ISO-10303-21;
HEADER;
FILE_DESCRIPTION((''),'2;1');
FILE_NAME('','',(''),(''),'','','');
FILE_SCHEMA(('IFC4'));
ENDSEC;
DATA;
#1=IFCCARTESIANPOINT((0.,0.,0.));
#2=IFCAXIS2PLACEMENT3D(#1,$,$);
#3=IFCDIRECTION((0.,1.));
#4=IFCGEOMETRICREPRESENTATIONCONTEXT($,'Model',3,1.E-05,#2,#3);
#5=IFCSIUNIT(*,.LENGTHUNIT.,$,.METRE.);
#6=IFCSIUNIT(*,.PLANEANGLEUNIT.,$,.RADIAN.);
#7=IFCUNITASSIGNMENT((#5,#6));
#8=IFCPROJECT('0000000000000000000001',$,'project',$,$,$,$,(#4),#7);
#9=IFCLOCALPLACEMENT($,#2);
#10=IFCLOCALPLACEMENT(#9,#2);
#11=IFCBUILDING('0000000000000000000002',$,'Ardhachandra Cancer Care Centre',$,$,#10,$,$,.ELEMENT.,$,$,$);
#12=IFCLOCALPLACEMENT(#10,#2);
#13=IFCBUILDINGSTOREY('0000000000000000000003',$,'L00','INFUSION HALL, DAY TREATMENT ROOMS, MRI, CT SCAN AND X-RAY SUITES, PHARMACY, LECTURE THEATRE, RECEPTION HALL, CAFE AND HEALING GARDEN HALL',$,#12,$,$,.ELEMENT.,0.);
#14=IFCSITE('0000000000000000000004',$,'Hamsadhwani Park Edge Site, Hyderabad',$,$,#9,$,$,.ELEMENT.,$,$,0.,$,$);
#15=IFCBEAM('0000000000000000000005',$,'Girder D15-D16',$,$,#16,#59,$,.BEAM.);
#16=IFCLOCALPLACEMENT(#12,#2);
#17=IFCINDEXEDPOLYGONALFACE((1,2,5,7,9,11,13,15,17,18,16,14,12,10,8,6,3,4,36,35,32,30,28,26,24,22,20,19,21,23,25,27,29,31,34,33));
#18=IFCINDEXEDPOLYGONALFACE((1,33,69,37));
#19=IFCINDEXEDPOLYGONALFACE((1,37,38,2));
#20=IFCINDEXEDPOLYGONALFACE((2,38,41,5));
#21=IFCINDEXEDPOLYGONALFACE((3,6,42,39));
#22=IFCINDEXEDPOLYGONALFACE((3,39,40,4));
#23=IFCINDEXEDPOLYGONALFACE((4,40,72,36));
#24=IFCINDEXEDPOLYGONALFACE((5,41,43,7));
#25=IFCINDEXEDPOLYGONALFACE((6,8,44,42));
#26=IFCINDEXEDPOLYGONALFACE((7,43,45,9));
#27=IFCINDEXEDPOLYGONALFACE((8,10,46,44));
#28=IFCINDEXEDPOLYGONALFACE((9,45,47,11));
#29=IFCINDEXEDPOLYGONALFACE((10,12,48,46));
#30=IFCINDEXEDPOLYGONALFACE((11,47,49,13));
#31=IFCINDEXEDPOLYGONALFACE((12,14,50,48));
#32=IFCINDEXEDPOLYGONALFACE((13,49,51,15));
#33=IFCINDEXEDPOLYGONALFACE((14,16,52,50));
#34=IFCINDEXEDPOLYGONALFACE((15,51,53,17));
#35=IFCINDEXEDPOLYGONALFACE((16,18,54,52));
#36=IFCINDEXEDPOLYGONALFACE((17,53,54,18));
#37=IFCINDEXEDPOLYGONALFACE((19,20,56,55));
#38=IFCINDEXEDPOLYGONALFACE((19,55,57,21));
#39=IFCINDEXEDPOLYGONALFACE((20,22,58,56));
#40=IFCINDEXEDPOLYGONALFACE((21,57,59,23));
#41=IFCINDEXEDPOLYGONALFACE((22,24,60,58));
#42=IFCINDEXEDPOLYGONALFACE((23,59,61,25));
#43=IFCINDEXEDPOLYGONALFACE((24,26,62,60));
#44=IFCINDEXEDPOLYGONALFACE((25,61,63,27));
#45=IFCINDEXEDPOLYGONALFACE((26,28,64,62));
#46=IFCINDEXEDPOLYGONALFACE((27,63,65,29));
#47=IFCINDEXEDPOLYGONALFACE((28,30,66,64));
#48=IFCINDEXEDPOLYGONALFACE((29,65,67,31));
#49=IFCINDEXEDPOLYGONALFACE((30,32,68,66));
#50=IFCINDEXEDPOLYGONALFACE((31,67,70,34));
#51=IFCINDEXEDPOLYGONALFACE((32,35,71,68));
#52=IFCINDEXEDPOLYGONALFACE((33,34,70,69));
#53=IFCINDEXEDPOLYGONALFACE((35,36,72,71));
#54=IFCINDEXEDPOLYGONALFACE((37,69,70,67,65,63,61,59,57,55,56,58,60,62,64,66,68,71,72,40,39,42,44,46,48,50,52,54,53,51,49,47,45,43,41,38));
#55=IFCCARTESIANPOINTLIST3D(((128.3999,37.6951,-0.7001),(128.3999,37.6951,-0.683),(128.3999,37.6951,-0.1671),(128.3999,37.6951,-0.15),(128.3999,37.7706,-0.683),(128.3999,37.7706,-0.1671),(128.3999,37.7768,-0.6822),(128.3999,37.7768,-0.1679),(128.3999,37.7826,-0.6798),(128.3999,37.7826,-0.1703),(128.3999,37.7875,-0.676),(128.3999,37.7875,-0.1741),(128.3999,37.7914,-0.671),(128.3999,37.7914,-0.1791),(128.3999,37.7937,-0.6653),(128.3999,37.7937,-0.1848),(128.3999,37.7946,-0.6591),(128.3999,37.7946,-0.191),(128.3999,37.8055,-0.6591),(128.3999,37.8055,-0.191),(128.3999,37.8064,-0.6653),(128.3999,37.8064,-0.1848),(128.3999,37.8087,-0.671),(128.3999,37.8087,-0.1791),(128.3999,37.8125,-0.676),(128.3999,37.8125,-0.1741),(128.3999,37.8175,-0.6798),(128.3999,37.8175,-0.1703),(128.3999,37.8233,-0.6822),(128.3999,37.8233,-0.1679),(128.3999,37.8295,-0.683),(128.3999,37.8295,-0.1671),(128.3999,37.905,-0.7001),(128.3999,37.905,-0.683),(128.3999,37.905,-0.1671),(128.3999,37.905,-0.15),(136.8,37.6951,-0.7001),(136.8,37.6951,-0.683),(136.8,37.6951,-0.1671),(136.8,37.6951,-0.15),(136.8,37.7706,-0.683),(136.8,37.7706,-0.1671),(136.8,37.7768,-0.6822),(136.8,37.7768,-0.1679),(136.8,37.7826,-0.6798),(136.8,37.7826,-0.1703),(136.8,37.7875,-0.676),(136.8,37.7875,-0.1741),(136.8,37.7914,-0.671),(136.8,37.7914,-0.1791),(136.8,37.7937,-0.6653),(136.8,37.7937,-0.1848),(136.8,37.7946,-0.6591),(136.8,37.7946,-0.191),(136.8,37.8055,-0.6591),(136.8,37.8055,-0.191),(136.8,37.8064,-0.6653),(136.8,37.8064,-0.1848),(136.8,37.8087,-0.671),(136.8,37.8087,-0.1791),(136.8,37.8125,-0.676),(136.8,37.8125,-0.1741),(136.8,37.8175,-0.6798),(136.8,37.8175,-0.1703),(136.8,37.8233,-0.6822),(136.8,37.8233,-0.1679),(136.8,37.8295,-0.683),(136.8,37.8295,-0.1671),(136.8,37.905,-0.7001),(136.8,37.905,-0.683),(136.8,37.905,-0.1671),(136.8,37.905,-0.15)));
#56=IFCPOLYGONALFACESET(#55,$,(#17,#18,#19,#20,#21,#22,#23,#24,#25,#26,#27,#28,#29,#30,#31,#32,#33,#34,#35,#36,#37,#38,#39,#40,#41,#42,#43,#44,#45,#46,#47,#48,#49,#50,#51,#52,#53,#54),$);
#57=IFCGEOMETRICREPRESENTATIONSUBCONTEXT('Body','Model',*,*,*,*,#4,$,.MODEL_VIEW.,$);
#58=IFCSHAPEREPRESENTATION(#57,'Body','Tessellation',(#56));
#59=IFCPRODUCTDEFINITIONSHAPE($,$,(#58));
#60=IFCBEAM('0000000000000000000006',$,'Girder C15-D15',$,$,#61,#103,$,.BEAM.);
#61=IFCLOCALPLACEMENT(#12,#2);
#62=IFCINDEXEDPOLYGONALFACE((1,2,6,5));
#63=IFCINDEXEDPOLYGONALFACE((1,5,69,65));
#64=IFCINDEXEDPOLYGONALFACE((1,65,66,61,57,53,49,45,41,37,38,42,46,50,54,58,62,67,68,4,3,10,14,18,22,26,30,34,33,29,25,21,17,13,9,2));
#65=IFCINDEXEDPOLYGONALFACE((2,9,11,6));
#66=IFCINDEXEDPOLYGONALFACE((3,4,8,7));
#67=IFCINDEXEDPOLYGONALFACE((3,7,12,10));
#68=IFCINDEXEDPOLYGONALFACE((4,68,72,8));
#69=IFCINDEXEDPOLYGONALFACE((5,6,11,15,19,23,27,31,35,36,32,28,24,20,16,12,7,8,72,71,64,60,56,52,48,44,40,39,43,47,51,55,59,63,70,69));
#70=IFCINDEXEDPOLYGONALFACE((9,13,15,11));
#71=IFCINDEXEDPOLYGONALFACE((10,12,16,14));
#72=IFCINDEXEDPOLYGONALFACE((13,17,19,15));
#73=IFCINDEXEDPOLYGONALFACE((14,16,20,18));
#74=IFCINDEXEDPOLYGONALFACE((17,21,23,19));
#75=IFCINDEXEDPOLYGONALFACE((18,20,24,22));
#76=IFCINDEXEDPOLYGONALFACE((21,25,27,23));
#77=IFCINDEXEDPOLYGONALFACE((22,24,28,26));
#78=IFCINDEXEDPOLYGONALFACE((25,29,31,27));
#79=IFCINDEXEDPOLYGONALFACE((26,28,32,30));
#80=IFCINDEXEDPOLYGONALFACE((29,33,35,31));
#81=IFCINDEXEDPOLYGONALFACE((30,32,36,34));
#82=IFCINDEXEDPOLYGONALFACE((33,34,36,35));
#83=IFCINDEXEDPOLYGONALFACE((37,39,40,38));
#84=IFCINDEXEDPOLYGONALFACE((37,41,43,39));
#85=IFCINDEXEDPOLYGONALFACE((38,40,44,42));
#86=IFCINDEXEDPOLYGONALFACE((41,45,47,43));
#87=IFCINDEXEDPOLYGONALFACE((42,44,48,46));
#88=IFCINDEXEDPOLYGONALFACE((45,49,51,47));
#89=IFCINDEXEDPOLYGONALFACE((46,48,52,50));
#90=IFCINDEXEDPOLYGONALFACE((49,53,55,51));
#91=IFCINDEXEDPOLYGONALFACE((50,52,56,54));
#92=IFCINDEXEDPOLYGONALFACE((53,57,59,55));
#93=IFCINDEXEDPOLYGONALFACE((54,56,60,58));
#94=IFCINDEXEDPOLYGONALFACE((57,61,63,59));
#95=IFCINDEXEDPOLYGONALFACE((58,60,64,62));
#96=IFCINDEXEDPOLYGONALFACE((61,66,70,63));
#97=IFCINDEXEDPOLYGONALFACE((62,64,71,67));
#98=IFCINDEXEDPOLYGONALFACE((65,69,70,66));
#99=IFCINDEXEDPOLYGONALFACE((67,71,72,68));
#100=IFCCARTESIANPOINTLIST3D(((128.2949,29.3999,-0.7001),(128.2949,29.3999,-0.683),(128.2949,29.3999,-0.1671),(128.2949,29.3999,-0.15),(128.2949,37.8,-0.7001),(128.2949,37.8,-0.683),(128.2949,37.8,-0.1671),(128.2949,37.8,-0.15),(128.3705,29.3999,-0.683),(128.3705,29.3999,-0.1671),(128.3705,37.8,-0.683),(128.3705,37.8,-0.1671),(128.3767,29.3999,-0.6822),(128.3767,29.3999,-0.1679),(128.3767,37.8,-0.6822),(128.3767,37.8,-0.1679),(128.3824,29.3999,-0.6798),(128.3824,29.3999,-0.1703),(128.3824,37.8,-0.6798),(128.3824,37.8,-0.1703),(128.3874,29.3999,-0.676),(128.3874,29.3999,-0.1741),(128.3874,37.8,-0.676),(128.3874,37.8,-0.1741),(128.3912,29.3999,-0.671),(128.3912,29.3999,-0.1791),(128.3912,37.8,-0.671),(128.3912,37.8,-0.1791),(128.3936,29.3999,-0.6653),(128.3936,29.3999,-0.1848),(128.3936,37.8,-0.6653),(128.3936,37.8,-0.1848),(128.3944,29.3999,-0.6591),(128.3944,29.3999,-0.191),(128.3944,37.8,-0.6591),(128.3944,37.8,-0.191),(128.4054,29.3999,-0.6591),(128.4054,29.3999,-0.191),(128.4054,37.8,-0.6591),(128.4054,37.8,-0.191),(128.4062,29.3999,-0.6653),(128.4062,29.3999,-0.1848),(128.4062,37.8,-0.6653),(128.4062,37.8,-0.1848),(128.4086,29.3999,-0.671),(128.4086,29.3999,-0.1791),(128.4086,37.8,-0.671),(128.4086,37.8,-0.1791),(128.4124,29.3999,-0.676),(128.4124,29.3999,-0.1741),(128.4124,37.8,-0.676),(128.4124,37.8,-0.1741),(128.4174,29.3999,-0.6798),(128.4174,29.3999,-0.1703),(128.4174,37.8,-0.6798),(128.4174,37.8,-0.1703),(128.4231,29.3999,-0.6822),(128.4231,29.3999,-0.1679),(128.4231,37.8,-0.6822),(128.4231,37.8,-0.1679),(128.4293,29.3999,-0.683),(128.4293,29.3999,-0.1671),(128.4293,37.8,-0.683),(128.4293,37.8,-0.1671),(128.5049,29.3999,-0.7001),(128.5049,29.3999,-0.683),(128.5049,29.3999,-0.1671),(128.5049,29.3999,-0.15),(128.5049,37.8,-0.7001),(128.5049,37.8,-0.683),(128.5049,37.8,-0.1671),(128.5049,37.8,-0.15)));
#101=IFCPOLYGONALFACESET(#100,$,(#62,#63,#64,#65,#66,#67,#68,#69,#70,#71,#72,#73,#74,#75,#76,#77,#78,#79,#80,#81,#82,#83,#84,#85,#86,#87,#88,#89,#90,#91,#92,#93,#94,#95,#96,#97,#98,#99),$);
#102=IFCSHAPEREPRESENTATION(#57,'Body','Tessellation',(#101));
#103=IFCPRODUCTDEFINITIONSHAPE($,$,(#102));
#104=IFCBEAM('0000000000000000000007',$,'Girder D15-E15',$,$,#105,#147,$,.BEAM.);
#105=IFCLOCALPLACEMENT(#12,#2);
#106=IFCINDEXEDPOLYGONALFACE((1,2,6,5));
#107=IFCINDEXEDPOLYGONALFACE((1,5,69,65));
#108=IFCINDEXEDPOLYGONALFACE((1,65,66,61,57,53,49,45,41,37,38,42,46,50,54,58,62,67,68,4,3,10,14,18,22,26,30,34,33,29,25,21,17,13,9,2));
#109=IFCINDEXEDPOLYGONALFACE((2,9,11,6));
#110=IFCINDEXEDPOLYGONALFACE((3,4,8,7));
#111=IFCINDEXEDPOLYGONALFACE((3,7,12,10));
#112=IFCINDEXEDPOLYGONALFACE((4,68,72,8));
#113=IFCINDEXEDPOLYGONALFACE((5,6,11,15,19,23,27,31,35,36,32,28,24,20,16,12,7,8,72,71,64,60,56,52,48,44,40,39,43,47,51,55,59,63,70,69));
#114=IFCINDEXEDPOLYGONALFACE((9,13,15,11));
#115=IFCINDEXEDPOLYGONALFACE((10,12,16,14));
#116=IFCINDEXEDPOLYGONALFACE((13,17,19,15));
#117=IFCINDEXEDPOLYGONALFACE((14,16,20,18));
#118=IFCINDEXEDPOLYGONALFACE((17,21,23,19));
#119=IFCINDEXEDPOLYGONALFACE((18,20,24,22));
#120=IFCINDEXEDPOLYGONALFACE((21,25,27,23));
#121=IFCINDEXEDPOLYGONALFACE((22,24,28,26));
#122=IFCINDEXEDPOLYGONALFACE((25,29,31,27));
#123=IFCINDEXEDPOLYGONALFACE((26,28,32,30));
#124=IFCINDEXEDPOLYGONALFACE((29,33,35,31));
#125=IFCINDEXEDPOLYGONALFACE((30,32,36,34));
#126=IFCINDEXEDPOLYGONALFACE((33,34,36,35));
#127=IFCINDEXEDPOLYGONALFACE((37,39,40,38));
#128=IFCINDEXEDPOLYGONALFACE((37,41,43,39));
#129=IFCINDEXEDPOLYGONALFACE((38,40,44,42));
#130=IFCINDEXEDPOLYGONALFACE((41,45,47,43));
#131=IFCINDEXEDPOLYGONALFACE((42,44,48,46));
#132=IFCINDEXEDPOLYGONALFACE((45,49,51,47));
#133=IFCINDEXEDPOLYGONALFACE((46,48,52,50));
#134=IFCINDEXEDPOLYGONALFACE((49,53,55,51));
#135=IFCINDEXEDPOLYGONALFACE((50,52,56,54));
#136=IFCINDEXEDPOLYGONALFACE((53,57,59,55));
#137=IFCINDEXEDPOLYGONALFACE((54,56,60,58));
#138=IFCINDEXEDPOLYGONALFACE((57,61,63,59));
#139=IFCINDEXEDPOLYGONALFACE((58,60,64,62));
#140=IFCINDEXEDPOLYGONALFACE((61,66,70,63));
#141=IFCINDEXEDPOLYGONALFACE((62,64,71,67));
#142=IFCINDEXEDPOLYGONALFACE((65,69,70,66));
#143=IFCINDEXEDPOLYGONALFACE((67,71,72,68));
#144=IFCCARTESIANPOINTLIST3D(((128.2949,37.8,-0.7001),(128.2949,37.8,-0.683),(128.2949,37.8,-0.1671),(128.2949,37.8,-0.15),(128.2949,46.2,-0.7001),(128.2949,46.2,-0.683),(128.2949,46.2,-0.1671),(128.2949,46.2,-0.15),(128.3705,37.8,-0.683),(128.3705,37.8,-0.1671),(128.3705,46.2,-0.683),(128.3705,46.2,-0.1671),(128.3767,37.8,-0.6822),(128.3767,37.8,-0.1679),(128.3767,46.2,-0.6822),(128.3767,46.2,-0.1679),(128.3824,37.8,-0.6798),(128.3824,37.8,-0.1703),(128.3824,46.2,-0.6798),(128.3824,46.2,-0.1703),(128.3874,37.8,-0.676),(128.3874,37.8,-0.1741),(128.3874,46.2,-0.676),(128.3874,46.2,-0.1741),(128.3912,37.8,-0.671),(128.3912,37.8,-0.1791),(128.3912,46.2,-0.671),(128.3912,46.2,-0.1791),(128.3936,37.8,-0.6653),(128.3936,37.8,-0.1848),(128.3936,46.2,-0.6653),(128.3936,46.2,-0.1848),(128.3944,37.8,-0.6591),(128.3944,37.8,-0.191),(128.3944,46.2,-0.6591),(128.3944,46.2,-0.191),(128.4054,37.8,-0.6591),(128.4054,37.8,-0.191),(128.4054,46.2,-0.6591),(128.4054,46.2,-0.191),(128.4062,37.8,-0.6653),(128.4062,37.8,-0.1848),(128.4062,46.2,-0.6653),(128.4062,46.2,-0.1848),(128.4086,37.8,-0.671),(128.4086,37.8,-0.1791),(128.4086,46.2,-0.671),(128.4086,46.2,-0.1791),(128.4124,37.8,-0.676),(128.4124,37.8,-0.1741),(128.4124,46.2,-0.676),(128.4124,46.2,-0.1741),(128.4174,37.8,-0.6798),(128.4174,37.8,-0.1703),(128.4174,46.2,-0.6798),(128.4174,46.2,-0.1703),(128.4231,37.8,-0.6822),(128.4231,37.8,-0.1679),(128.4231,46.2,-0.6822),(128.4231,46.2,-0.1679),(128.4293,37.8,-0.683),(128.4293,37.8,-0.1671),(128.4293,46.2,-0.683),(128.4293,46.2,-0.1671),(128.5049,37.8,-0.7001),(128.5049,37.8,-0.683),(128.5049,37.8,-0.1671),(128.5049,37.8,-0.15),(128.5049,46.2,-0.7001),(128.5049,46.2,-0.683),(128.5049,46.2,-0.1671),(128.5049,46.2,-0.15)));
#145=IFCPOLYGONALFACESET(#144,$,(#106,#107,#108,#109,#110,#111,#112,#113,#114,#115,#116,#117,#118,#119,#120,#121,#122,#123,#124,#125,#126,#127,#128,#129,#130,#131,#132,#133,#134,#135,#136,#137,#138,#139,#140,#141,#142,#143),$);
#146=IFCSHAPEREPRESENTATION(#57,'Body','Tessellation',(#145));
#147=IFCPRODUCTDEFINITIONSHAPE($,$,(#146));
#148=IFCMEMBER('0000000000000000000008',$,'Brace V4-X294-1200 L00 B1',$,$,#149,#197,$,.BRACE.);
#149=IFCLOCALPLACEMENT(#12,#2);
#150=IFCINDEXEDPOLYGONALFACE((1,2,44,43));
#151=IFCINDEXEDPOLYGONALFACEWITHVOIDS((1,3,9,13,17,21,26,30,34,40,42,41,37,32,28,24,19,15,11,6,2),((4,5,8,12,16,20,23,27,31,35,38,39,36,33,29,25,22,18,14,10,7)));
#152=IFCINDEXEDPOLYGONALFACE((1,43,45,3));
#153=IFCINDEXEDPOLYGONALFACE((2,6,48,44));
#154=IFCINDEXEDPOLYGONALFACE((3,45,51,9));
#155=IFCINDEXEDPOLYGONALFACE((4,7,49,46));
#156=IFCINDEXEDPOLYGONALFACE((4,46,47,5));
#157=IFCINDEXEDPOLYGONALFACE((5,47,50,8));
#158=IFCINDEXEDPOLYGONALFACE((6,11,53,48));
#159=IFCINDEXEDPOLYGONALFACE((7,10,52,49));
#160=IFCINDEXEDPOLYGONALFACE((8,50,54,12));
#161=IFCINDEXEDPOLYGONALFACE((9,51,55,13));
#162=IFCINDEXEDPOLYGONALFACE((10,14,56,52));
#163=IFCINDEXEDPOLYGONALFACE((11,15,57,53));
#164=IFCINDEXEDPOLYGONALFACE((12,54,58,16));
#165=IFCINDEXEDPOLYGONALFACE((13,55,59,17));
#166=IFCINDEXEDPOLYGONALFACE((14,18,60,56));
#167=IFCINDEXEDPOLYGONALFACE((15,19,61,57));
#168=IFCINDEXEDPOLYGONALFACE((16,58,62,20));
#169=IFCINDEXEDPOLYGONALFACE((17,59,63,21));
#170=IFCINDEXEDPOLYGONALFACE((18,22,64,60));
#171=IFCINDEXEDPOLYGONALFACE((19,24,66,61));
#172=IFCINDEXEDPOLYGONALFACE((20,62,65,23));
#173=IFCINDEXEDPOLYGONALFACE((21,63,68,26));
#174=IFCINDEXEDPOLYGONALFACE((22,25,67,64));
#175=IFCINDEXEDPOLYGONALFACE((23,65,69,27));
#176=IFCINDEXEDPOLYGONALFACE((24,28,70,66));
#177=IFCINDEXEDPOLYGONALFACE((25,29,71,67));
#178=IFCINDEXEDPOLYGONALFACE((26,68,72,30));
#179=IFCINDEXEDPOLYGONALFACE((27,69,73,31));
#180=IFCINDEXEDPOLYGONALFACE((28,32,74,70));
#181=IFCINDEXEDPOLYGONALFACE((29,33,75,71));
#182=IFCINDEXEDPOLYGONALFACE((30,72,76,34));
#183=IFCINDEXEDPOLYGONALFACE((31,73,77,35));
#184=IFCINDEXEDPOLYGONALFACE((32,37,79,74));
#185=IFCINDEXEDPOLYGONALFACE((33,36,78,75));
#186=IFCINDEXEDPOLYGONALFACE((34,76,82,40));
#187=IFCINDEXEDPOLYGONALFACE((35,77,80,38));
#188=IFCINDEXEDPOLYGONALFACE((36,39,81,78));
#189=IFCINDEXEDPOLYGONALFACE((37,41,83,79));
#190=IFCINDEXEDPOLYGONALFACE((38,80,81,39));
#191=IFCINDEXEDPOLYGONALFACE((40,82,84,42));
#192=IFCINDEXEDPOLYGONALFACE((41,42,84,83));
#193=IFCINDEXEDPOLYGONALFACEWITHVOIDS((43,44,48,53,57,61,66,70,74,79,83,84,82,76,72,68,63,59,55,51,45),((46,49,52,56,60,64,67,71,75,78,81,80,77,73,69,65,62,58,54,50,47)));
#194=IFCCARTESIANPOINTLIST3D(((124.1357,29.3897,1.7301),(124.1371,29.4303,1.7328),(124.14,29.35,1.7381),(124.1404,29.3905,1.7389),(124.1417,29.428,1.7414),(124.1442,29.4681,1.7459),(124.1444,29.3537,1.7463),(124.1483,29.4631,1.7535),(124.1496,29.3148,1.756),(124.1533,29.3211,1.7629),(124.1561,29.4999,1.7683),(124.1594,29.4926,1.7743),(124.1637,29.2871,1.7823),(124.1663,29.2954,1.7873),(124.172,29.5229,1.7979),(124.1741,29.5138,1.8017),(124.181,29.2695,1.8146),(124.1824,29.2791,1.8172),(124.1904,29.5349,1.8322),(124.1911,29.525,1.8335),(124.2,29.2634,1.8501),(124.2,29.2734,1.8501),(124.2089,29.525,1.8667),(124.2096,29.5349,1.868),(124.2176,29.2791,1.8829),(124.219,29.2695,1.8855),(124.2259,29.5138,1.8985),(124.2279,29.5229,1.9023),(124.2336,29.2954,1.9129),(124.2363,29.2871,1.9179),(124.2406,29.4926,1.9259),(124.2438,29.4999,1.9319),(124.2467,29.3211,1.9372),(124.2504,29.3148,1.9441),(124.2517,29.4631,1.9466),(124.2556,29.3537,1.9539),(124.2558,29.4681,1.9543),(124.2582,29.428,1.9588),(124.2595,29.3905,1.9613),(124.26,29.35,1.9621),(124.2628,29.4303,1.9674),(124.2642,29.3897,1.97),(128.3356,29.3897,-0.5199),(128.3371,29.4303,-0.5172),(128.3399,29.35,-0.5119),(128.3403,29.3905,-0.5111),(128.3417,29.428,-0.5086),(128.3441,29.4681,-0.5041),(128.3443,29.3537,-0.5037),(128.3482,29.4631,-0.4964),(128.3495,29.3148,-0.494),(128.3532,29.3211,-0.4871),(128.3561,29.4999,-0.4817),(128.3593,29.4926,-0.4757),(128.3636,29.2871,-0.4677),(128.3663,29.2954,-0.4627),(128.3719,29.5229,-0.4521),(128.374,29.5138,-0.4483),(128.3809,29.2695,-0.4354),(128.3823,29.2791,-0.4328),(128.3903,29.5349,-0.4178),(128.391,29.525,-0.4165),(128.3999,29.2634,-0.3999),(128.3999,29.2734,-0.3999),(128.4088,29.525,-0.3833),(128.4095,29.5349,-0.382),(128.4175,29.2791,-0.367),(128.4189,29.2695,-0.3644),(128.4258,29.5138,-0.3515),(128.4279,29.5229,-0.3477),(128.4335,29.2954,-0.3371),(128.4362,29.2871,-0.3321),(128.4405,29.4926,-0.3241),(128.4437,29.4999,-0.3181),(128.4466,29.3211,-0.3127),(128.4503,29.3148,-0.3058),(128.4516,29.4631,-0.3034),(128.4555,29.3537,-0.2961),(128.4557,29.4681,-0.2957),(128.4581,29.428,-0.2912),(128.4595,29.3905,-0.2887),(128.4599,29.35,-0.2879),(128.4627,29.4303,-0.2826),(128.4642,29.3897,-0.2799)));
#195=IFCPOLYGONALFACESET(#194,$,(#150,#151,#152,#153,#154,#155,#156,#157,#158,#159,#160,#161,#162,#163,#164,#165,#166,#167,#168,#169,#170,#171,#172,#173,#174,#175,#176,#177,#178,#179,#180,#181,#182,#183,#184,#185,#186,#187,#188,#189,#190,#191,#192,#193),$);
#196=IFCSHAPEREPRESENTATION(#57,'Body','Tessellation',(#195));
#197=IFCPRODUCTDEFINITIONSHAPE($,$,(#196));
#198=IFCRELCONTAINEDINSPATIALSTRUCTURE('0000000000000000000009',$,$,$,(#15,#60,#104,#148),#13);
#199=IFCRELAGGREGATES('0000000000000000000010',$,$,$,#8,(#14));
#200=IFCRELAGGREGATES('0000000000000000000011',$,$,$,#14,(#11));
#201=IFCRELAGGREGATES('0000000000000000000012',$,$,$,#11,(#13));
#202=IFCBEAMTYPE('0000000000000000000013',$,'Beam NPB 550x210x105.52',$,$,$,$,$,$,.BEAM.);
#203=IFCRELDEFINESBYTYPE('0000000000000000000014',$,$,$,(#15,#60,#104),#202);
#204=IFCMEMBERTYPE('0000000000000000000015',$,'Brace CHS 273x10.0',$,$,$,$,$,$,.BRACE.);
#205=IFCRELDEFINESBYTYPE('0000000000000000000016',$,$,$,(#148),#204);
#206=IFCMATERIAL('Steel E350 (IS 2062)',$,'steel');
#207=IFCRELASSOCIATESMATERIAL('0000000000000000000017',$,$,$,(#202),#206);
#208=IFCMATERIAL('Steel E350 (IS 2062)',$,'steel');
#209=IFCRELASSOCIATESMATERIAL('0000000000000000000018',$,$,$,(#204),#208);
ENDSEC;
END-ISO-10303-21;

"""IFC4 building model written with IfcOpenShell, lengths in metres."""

from ifc_helpers import new_model, si_unit, direction, frame, origin, origin_2d, place, context, subcontext, project, spatial, hollow_circle, i_section, extrude, material, material_profile, profile_set, type_object, element, save


model = new_model("IFC4")

# Units and contexts
model_context = context("Model", 3, precision=1e-05, world=origin(), true_north=direction((0.0, 1.0)))
body_context = subcontext(model_context, "Body", "Model", "MODEL_VIEW")
ifc_project = project(units=[si_unit("LENGTHUNIT", "METRE"), si_unit("PLANEANGLEUNIT", "RADIAN")], contexts=[model_context])

# Site, building, storey
site_placement = place(None, origin())
site = spatial("IfcSite", under=ifc_project, at=site_placement, Name="Hamsadhwani Park Edge Site, Hyderabad", CompositionType="ELEMENT", RefElevation=0.0)
building_placement = place(site_placement, origin())
building = spatial("IfcBuilding", under=site, at=building_placement, Name="Ardhachandra Cancer Care Centre", CompositionType="ELEMENT")
storey_placement = place(building_placement, origin())
storey = spatial("IfcBuildingStorey", under=building, at=storey_placement, Name="L00", Description="INFUSION HALL, DAY TREATMENT ROOMS, MRI, CT SCAN AND X-RAY SUITES, PHARMACY, LECTURE THEATRE, RECEPTION HALL, CAFE AND HEALING GARDEN HALL", CompositionType="ELEMENT", Elevation=0.0)

# Beams
ifc_material_1 = material(Name="Steel E350 (IS 2062)", Category="steel")
ifc_material_profile_1 = material_profile(ifc_material_1, i_section(OverallWidth=0.21, OverallDepth=0.55, WebThickness=0.011, FlangeThickness=0.0171, FilletRadius=0.0239, at=origin_2d()), Name="NPB 550x210x105.52")
ifc_profile_set_1 = profile_set([ifc_material_profile_1], Name="Steel E350 (IS 2062)")
beam_type_1 = type_object("IfcBeamType", Name="Beam NPB 550x210x105.52", PredefinedType="BEAM", material=ifc_profile_set_1)
for number, where, z_axis, x_axis, name in (
    (1, (128.3999, 37.8, -0.425), (1.0, 0.0, 0.0), (0.0, 1.0, 0.0), "Girder D15-D16"),
    (2, (128.3999, 29.3999, -0.425), (0.0, 1.0, 0.0), (-1.0, 0.0, 0.0), "Girder C15-D15"),
):
    element("IfcBeam", number, at=place(storey_placement, frame(where, z_axis=z_axis, x_axis=x_axis)), inside=storey, type_object=beam_type_1, Name=name, PredefinedType="BEAM", context=body_context, shape_type="SweptSolid", body=[
        extrude(i_section(OverallWidth=0.21, OverallDepth=0.55, WebThickness=0.011, FlangeThickness=0.0171, FilletRadius=0.0239, at=origin_2d()), origin(), (0.0, 0.0, 1.0), 8.4001),
    ])
beam_1_placement = place(storey_placement, frame((128.3999, 37.8, -0.425), z_axis=(0.0, 1.0, 0.0), x_axis=(-1.0, 0.0, 0.0)))
element("IfcBeam", 3, at=beam_1_placement, inside=storey, type_object=beam_type_1, Name="Girder D15-E15", PredefinedType="BEAM", context=body_context, shape_type="SweptSolid", body=[
    extrude(i_section(OverallWidth=0.21, OverallDepth=0.55, WebThickness=0.011, FlangeThickness=0.0171, FilletRadius=0.0239, at=origin_2d()), origin(), (0.0, 0.0, 1.0), 8.3999),
])

# Member
ifc_material_2 = material(Name="Steel E350 (IS 2062)", Category="steel")
ifc_material_profile_2 = material_profile(ifc_material_2, hollow_circle(Radius=0.1365, WallThickness=0.01, at=origin_2d()), Name="CHS 273x10.0")
ifc_profile_set_2 = profile_set([ifc_material_profile_2], Name="Steel E350 (IS 2062)")
member_type_1 = type_object("IfcMemberType", Name="Brace CHS 273x10.0", PredefinedType="BRACE", material=ifc_profile_set_2)
member_1_placement = place(storey_placement, frame((128.3999, 29.3999, -0.3999), z_axis=(-0.881478, 0.0, 0.472226), x_axis=(0.0, -1.0, 0.0)))
element("IfcMember", 4, at=member_1_placement, inside=storey, type_object=member_type_1, Name="Brace V4-X294-1200 L00 B1", PredefinedType="BRACE", context=body_context, shape_type="SweptSolid", body=[
    extrude(hollow_circle(Radius=0.1365, WallThickness=0.01, at=origin_2d()), origin(), (0.0, 0.0, 1.0), 4.7646),
])

save(model, "model.ifc")
